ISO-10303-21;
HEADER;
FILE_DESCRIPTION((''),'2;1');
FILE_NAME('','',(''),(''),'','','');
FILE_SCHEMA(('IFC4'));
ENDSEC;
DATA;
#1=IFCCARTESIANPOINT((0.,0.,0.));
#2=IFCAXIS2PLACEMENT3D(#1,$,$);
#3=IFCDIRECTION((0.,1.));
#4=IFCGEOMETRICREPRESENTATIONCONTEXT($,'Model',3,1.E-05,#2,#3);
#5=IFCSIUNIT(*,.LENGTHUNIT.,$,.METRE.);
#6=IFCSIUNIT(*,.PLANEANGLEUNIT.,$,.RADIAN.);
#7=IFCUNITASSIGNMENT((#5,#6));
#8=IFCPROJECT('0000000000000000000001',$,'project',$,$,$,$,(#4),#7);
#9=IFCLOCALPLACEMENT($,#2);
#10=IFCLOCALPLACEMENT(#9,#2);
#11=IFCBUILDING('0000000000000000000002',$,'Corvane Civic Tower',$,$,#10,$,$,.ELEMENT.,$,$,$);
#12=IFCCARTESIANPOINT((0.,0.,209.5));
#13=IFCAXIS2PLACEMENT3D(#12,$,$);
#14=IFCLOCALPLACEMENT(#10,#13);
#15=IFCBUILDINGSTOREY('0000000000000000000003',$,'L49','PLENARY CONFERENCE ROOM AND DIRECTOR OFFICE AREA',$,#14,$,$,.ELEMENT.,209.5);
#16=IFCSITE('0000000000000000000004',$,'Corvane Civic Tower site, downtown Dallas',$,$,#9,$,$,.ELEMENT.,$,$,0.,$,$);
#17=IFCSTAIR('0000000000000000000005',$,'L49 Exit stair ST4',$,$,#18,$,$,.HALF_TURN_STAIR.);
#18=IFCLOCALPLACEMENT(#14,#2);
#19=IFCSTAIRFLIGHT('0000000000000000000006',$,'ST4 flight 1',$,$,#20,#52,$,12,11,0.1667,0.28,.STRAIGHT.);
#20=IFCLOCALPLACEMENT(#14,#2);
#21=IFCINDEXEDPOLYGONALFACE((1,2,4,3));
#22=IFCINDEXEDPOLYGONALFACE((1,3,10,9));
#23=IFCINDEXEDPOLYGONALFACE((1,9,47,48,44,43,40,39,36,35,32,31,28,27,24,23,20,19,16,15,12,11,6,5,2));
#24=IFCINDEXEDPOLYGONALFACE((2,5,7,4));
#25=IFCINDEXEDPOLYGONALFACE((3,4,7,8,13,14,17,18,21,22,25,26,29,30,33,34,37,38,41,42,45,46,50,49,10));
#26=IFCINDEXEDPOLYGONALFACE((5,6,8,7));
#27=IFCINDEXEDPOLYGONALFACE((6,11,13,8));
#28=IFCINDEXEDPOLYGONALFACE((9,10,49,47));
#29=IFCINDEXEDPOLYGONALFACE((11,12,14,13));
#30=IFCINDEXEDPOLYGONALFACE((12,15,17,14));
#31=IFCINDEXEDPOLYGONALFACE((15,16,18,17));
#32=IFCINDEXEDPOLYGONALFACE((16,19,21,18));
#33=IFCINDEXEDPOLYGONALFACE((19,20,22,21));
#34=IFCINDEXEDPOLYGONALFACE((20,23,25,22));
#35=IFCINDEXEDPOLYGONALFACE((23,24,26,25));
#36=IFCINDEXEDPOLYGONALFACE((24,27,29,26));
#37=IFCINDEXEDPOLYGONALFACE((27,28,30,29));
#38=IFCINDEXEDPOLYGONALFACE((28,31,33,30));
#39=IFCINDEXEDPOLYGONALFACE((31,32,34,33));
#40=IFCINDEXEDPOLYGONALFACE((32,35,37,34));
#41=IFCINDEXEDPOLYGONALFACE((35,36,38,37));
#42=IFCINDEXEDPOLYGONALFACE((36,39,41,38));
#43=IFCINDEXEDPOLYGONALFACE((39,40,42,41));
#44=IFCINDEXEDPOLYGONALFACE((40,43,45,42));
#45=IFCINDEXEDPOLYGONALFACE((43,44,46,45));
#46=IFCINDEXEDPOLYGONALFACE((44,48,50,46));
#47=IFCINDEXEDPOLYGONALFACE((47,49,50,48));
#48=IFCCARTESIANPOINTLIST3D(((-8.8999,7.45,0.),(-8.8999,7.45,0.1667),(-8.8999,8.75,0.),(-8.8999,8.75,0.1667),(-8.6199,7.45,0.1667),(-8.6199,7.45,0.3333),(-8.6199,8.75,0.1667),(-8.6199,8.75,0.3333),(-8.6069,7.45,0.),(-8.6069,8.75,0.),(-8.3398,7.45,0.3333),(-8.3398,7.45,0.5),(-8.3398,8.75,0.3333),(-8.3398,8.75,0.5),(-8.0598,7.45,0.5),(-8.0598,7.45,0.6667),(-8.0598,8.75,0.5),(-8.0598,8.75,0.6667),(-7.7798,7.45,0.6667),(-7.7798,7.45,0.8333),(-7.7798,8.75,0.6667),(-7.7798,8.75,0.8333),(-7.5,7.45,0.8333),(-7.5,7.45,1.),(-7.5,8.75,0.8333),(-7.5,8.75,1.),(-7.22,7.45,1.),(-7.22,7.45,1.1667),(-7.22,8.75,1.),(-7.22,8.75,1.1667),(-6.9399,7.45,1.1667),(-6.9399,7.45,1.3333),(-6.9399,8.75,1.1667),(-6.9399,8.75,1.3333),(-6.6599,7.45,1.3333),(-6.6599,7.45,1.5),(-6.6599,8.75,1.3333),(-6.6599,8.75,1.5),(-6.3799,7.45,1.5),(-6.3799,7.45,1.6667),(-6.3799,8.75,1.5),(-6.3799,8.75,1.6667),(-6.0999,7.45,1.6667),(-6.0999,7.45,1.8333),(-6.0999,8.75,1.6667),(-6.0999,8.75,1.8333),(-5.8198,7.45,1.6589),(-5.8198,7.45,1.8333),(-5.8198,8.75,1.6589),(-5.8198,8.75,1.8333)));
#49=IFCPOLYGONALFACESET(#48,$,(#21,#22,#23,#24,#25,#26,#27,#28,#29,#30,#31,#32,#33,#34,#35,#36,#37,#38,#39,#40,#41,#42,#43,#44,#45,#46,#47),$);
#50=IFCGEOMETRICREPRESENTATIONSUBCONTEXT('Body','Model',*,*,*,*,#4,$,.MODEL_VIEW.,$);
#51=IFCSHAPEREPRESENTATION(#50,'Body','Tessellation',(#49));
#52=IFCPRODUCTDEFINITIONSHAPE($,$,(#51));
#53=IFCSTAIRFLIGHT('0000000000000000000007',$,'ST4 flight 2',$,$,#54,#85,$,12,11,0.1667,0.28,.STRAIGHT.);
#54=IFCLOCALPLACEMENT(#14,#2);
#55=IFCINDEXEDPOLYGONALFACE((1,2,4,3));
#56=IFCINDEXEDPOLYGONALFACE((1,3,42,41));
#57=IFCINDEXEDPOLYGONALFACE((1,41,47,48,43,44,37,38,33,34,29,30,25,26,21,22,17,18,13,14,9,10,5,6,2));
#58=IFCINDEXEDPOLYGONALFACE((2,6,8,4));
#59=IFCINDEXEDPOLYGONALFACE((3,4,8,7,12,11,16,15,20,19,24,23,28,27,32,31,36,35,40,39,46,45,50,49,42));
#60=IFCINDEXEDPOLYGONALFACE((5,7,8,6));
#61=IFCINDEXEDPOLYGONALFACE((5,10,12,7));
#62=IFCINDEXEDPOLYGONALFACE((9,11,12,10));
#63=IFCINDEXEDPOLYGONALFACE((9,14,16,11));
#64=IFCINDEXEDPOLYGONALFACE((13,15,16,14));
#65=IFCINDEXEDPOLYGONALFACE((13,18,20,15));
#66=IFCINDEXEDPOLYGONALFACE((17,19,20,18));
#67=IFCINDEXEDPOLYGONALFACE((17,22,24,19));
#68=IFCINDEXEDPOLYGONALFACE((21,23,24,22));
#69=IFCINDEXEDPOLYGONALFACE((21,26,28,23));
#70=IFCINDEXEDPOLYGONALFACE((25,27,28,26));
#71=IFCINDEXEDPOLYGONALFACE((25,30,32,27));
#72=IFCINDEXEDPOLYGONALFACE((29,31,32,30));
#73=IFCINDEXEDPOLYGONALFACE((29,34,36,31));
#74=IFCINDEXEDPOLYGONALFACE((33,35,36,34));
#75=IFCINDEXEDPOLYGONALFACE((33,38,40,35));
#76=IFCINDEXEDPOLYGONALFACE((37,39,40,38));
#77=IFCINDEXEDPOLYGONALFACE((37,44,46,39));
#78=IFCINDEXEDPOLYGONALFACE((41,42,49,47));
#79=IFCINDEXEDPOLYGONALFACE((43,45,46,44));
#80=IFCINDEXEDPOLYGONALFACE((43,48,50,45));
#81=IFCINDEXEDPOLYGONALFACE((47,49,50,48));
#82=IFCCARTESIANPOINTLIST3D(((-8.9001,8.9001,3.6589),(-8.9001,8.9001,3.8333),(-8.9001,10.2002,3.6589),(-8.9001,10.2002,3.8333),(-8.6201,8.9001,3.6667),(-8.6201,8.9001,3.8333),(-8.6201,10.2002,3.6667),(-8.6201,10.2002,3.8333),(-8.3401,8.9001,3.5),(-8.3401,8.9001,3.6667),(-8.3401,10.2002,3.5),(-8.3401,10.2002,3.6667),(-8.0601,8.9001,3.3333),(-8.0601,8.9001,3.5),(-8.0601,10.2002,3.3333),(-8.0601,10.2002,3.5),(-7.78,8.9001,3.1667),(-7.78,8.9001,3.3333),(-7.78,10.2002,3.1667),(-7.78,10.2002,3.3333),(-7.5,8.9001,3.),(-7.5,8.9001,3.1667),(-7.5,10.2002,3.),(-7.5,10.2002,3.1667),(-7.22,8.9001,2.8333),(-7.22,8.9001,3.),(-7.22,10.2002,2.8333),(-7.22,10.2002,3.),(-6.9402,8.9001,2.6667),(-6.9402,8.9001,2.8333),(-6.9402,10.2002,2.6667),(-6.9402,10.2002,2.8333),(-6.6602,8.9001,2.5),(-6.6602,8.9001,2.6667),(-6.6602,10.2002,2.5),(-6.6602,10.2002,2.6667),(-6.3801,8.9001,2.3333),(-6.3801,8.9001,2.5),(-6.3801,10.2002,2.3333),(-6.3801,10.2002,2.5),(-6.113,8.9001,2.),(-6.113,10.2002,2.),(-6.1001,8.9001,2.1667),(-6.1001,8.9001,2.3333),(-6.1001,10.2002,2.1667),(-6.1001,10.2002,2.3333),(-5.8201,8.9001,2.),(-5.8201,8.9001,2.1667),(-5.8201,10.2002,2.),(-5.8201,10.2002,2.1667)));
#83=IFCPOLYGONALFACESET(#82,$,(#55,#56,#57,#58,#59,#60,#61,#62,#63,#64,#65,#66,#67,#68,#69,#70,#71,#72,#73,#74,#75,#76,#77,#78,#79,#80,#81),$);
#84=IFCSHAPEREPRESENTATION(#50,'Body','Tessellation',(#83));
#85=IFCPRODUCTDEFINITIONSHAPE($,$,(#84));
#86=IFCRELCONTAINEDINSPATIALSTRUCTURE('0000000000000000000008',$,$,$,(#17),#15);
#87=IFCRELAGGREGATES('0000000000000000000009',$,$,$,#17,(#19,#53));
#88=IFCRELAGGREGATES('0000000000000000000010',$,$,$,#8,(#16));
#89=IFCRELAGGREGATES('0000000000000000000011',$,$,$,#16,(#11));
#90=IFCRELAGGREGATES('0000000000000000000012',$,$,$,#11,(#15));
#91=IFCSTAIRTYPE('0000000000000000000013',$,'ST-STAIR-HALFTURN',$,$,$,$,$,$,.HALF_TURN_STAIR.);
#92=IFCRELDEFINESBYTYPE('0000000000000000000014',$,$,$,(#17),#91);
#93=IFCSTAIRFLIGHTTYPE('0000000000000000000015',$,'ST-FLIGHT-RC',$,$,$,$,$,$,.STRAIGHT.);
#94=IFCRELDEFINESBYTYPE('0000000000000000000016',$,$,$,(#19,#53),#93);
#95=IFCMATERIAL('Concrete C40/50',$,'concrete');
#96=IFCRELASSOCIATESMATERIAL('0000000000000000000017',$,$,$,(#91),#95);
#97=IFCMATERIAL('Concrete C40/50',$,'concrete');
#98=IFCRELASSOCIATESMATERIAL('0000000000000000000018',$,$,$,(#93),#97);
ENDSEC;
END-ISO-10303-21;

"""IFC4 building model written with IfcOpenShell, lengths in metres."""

from ifc_helpers import new_model, si_unit, direction, frame, origin, place, context, subcontext, project, spatial, polyline, outline, extrude, material, type_object, element, aggregate, save


model = new_model("IFC4")

# Units and contexts
model_context = context("Model", 3, precision=1e-05, world=origin(), true_north=direction((0.0, 1.0)))
body_context = subcontext(model_context, "Body", "Model", "MODEL_VIEW")
ifc_project = project(units=[si_unit("LENGTHUNIT", "METRE"), si_unit("PLANEANGLEUNIT", "RADIAN")], contexts=[model_context])

# Site, building, storey
site_placement = place(None, origin())
site = spatial("IfcSite", under=ifc_project, at=site_placement, Name="Corvane Civic Tower site, downtown Dallas", CompositionType="ELEMENT", RefElevation=0.0)
building_placement = place(site_placement, origin())
building = spatial("IfcBuilding", under=site, at=building_placement, Name="Corvane Civic Tower", CompositionType="ELEMENT")
storey_placement = place(building_placement, frame((0.0, 0.0, 209.5)))
storey = spatial("IfcBuildingStorey", under=building, at=storey_placement, Name="L49", Description="PLENARY CONFERENCE ROOM AND DIRECTOR OFFICE AREA", CompositionType="ELEMENT", Elevation=209.5)

# Stair, stair flights
ifc_material_1 = material(Name="Concrete C40/50", Category="concrete")
stair_type = type_object("IfcStairType", Name="ST-STAIR-HALFTURN", PredefinedType="HALF_TURN_STAIR", material=ifc_material_1)
stair_placement = place(storey_placement, origin())
stair = element("IfcStair", 1, at=stair_placement, inside=storey, type_object=stair_type, Name="L49 Exit stair ST4", PredefinedType="HALF_TURN_STAIR")
ifc_material_2 = material(Name="Concrete C40/50", Category="concrete")
stair_flight_type = type_object("IfcStairFlightType", Name="ST-FLIGHT-RC", PredefinedType="STRAIGHT", material=ifc_material_2)
stair_flight_1_placement = place(storey_placement, frame((-8.8999, 8.1001, 0.0), z_axis=(0.0, 0.0, 1.0), x_axis=(1.0, 0.0, 0.0)))
stair_flight_1 = element("IfcStairFlight", 2, at=stair_flight_1_placement, type_object=stair_flight_type, Name="ST4 flight 1", NumberOfRisers=12, NumberOfTreads=11, PredefinedType="STRAIGHT", RiserHeight=0.1667, TreadLength=0.28, context=body_context, shape_type="SweptSolid", body=[
    extrude(outline(polyline([(0.0, 0.0), (0.0, 0.1667), (0.28, 0.1667), (0.28, 0.3333), (0.5601, 0.3333), (0.5601, 0.5), (0.8401, 0.5), (0.8401, 0.6667), (1.1201, 0.6667), (1.1201, 0.8333), (1.3999, 0.8333), (1.3999, 1.0), (1.6799, 1.0), (1.6799, 1.1667), (1.96, 1.1667), (1.96, 1.3333), (2.24, 1.3333), (2.24, 1.5), (2.52, 1.5), (2.52, 1.6667), (2.8, 1.6667), (2.8, 1.8333), (3.0801, 1.8333), (3.0801, 2.0), (3.0801, 1.6589), (0.293, 0.0), (0.0, 0.0)])), frame((0.0, 0.6499, 0.0), z_axis=(0.0, -1.0, 0.0), x_axis=(1.0, 0.0, 0.0)), (0.0, 0.0, 1.0), 1.3),
])
stair_flight_2_placement = place(storey_placement, frame((-5.8201, 9.55, 2.0), z_axis=(0.0, 0.0, 1.0), x_axis=(-1.0, 0.0, 0.0)))
stair_flight_2 = element("IfcStairFlight", 3, at=stair_flight_2_placement, type_object=stair_flight_type, Name="ST4 flight 2", NumberOfRisers=12, NumberOfTreads=11, PredefinedType="STRAIGHT", RiserHeight=0.1667, TreadLength=0.28, context=body_context, shape_type="SweptSolid", body=[
    extrude(outline(polyline([(0.0, 0.0), (0.0, 0.1667), (0.28, 0.1667), (0.28, 0.3333), (0.5601, 0.3333), (0.5601, 0.5), (0.8401, 0.5), (0.8401, 0.6667), (1.1201, 0.6667), (1.1201, 0.8333), (1.3999, 0.8333), (1.3999, 1.0), (1.6799, 1.0), (1.6799, 1.1667), (1.96, 1.1667), (1.96, 1.3333), (2.24, 1.3333), (2.24, 1.5), (2.52, 1.5), (2.52, 1.6667), (2.8, 1.6667), (2.8, 1.8333), (3.0801, 1.8333), (3.0801, 2.0), (3.0801, 1.6589), (0.293, 0.0), (0.0, 0.0)])), frame((0.0, 0.6499, 0.0), z_axis=(0.0, -1.0, 0.0), x_axis=(1.0, 0.0, 0.0)), (0.0, 0.0, 1.0), 1.3),
])
aggregate(stair, [stair_flight_1, stair_flight_2])

save(model, "model.ifc")
